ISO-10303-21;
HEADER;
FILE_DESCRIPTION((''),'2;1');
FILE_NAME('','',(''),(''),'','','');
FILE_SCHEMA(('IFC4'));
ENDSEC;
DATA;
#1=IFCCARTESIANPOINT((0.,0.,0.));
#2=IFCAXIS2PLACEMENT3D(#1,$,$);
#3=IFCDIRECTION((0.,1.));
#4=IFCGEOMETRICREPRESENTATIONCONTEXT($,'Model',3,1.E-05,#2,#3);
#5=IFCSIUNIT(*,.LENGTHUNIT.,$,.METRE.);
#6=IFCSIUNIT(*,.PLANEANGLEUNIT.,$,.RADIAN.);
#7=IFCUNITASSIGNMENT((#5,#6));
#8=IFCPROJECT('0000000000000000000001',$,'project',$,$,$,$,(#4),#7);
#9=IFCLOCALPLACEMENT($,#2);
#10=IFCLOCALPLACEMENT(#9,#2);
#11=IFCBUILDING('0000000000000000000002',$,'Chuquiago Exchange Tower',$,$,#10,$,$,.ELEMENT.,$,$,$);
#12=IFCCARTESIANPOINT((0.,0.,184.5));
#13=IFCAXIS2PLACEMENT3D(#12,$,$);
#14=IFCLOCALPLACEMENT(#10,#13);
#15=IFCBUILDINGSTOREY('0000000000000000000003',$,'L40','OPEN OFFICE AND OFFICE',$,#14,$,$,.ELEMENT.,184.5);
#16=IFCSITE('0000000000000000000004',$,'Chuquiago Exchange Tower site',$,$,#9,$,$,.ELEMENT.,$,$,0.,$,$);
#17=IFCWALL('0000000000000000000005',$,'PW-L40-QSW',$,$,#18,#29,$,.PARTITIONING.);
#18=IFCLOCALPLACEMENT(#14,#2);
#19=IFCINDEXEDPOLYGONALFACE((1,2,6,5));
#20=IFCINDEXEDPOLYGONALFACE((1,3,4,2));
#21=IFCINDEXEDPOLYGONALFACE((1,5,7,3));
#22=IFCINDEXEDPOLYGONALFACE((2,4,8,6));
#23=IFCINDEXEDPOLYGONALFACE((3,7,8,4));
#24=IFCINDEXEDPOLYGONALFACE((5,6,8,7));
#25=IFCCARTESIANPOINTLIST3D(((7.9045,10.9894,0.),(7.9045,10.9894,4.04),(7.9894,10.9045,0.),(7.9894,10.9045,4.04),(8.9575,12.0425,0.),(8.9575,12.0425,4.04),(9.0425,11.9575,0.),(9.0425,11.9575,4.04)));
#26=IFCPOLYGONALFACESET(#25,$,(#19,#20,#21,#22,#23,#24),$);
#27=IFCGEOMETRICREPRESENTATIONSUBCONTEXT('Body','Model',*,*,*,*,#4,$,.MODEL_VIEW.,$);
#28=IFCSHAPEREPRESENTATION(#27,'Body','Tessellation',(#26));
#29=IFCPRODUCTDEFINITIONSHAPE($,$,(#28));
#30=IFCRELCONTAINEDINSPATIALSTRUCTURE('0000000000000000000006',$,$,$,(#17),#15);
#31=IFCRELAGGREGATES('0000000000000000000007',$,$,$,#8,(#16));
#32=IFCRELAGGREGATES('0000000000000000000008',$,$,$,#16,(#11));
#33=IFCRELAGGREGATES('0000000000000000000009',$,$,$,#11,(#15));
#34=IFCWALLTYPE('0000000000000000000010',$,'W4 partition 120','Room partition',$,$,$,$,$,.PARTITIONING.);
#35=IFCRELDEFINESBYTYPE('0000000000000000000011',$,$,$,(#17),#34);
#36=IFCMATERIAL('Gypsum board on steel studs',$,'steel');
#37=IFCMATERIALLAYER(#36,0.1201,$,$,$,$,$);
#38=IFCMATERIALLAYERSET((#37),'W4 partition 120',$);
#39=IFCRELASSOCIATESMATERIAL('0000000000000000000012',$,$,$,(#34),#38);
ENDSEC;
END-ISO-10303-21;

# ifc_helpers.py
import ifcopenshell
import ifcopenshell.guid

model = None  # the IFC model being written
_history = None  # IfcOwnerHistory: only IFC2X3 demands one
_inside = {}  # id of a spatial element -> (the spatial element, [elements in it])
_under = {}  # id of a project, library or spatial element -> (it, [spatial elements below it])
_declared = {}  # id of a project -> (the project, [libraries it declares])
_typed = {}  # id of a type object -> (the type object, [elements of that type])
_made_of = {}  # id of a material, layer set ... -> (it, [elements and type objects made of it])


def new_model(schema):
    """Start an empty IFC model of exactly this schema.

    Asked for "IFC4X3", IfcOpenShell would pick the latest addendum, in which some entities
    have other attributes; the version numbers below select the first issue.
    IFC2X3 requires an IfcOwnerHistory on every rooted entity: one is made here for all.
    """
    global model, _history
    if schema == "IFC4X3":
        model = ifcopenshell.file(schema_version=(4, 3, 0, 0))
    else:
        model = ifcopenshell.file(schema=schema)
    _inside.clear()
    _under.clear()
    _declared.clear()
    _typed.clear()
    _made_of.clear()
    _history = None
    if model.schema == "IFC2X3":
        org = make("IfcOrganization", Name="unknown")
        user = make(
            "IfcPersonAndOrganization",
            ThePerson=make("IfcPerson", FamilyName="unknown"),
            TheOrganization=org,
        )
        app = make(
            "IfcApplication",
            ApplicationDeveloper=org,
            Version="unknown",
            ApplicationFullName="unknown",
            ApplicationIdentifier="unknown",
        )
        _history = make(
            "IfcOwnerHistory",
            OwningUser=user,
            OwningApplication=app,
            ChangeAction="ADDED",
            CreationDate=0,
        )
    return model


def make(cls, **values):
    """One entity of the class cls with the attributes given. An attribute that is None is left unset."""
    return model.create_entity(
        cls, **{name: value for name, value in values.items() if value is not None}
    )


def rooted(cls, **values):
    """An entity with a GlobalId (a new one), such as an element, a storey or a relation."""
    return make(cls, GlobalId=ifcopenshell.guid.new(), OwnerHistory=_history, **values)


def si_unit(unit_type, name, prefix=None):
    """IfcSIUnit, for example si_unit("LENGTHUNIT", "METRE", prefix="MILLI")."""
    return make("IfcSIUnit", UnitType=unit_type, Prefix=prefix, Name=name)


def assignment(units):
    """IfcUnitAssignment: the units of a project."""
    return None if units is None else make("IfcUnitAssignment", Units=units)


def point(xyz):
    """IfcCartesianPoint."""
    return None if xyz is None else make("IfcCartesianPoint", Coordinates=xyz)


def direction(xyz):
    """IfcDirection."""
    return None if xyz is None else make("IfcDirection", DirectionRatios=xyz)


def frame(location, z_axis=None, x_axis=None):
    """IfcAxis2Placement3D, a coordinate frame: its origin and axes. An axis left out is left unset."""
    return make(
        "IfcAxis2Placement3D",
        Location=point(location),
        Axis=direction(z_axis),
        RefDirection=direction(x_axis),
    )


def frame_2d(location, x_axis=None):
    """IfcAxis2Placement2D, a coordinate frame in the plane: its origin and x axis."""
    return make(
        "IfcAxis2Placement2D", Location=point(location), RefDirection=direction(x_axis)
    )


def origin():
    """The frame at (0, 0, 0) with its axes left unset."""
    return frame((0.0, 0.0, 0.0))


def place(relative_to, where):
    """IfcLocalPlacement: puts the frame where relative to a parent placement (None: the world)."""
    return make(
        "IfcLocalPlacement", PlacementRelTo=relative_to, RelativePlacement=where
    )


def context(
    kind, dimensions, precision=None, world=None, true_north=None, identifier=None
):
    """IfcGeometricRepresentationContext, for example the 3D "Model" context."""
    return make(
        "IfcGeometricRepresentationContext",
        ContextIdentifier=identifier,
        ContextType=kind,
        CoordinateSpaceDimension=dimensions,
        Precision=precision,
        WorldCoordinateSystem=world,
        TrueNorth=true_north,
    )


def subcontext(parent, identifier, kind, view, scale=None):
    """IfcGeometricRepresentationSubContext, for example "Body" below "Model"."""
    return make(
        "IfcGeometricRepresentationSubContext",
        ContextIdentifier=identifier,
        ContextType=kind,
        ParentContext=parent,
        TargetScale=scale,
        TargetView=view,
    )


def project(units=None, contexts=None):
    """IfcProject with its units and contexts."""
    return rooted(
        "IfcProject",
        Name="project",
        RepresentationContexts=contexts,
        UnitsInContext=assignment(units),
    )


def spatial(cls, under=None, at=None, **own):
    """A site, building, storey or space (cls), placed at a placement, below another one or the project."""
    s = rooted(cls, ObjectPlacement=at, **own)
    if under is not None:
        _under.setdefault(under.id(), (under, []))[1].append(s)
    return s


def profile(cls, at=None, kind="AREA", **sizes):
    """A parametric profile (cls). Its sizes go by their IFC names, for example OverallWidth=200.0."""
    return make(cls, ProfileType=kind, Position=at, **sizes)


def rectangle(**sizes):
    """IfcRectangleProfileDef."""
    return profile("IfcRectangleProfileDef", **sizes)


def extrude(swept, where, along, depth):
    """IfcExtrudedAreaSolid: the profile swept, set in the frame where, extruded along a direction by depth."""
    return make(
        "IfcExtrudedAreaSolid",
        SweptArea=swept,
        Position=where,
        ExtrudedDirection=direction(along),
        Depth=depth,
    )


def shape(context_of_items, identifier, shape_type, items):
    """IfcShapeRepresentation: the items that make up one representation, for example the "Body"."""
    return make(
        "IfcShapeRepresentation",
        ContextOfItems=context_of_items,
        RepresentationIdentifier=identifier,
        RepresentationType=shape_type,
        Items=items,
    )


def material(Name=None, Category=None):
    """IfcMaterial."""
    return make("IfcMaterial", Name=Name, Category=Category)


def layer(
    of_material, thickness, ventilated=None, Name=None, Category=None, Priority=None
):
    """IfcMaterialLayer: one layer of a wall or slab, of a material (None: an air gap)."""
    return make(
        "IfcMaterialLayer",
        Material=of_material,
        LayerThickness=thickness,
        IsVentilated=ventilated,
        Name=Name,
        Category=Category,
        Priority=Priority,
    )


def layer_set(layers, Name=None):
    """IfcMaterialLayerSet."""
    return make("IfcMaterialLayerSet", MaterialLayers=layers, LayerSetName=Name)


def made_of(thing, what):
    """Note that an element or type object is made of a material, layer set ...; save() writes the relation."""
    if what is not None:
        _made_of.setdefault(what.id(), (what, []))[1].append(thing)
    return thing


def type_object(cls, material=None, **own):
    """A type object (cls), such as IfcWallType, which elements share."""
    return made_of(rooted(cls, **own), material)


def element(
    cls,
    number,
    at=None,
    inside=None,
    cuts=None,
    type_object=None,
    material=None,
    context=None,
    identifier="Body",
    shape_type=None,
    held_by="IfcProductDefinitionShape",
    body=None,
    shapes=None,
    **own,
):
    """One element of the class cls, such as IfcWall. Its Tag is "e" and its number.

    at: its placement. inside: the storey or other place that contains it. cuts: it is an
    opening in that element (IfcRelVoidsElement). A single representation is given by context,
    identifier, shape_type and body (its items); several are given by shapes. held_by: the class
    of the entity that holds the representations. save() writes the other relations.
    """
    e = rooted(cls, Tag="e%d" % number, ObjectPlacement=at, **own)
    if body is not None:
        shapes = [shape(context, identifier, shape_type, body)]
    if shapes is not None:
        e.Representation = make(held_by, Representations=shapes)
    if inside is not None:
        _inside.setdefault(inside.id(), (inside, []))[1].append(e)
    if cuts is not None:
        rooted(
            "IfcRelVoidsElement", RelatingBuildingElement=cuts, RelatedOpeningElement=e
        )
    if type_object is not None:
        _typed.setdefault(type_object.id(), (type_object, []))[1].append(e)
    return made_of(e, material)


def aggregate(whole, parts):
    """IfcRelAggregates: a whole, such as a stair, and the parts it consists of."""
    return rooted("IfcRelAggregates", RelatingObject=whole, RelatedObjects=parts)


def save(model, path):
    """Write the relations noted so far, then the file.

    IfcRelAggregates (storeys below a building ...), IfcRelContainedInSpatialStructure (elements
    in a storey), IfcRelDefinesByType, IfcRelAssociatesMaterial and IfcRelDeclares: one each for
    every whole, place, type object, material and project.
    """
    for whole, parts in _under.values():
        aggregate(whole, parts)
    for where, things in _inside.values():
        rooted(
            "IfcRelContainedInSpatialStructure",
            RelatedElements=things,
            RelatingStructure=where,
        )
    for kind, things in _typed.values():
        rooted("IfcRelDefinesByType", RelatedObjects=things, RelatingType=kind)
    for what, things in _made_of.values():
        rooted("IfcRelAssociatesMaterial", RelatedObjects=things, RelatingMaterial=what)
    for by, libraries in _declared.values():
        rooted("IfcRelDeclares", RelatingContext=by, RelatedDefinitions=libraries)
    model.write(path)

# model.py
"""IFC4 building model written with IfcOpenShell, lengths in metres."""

from ifc_helpers import new_model, si_unit, direction, frame, frame_2d, origin, place, context, subcontext, project, spatial, rectangle, extrude, material, layer, layer_set, type_object, element, save


model = new_model("IFC4")

# Units and contexts
model_context = context("Model", 3, precision=1e-05, world=origin(), true_north=direction((0.0, 1.0)))
body_context = subcontext(model_context, "Body", "Model", "MODEL_VIEW")
ifc_project = project(units=[si_unit("LENGTHUNIT", "METRE"), si_unit("PLANEANGLEUNIT", "RADIAN")], contexts=[model_context])

# Site, building, storey
site_placement = place(None, origin())
site = spatial("IfcSite", under=ifc_project, at=site_placement, Name="Chuquiago Exchange Tower site", CompositionType="ELEMENT", RefElevation=0.0)
building_placement = place(site_placement, origin())
building = spatial("IfcBuilding", under=site, at=building_placement, Name="Chuquiago Exchange Tower", CompositionType="ELEMENT")
storey_placement = place(building_placement, frame((0.0, 0.0, 184.5)))
storey = spatial("IfcBuildingStorey", under=building, at=storey_placement, Name="L40", Description="OPEN OFFICE AND OFFICE", CompositionType="ELEMENT", Elevation=184.5)

# Wall
ifc_material_1 = material(Name="Gypsum board on steel studs", Category="steel")
ifc_layer_1 = layer(ifc_material_1, 0.1201)
ifc_layer_set_1 = layer_set([ifc_layer_1], Name="W4 partition 120")
wall_type_1 = type_object("IfcWallType", Name="W4 partition 120", Description="Room partition", PredefinedType="PARTITIONING", material=ifc_layer_set_1)
wall_1_placement = place(storey_placement, frame((9.0, 12.0, 0.0), z_axis=(0.0, 0.0, 1.0), x_axis=(-0.707107, -0.707107, 0.0)))
element("IfcWall", 1, at=wall_1_placement, inside=storey, type_object=wall_type_1, Name="PW-L40-QSW", PredefinedType="PARTITIONING", context=body_context, shape_type="SweptSolid", body=[
    extrude(rectangle(XDim=1.4893, YDim=0.1201, at=frame_2d((0.7446, 0.0))), origin(), (0.0, 0.0, 1.0), 4.04),
])

save(model, "model.ifc")
